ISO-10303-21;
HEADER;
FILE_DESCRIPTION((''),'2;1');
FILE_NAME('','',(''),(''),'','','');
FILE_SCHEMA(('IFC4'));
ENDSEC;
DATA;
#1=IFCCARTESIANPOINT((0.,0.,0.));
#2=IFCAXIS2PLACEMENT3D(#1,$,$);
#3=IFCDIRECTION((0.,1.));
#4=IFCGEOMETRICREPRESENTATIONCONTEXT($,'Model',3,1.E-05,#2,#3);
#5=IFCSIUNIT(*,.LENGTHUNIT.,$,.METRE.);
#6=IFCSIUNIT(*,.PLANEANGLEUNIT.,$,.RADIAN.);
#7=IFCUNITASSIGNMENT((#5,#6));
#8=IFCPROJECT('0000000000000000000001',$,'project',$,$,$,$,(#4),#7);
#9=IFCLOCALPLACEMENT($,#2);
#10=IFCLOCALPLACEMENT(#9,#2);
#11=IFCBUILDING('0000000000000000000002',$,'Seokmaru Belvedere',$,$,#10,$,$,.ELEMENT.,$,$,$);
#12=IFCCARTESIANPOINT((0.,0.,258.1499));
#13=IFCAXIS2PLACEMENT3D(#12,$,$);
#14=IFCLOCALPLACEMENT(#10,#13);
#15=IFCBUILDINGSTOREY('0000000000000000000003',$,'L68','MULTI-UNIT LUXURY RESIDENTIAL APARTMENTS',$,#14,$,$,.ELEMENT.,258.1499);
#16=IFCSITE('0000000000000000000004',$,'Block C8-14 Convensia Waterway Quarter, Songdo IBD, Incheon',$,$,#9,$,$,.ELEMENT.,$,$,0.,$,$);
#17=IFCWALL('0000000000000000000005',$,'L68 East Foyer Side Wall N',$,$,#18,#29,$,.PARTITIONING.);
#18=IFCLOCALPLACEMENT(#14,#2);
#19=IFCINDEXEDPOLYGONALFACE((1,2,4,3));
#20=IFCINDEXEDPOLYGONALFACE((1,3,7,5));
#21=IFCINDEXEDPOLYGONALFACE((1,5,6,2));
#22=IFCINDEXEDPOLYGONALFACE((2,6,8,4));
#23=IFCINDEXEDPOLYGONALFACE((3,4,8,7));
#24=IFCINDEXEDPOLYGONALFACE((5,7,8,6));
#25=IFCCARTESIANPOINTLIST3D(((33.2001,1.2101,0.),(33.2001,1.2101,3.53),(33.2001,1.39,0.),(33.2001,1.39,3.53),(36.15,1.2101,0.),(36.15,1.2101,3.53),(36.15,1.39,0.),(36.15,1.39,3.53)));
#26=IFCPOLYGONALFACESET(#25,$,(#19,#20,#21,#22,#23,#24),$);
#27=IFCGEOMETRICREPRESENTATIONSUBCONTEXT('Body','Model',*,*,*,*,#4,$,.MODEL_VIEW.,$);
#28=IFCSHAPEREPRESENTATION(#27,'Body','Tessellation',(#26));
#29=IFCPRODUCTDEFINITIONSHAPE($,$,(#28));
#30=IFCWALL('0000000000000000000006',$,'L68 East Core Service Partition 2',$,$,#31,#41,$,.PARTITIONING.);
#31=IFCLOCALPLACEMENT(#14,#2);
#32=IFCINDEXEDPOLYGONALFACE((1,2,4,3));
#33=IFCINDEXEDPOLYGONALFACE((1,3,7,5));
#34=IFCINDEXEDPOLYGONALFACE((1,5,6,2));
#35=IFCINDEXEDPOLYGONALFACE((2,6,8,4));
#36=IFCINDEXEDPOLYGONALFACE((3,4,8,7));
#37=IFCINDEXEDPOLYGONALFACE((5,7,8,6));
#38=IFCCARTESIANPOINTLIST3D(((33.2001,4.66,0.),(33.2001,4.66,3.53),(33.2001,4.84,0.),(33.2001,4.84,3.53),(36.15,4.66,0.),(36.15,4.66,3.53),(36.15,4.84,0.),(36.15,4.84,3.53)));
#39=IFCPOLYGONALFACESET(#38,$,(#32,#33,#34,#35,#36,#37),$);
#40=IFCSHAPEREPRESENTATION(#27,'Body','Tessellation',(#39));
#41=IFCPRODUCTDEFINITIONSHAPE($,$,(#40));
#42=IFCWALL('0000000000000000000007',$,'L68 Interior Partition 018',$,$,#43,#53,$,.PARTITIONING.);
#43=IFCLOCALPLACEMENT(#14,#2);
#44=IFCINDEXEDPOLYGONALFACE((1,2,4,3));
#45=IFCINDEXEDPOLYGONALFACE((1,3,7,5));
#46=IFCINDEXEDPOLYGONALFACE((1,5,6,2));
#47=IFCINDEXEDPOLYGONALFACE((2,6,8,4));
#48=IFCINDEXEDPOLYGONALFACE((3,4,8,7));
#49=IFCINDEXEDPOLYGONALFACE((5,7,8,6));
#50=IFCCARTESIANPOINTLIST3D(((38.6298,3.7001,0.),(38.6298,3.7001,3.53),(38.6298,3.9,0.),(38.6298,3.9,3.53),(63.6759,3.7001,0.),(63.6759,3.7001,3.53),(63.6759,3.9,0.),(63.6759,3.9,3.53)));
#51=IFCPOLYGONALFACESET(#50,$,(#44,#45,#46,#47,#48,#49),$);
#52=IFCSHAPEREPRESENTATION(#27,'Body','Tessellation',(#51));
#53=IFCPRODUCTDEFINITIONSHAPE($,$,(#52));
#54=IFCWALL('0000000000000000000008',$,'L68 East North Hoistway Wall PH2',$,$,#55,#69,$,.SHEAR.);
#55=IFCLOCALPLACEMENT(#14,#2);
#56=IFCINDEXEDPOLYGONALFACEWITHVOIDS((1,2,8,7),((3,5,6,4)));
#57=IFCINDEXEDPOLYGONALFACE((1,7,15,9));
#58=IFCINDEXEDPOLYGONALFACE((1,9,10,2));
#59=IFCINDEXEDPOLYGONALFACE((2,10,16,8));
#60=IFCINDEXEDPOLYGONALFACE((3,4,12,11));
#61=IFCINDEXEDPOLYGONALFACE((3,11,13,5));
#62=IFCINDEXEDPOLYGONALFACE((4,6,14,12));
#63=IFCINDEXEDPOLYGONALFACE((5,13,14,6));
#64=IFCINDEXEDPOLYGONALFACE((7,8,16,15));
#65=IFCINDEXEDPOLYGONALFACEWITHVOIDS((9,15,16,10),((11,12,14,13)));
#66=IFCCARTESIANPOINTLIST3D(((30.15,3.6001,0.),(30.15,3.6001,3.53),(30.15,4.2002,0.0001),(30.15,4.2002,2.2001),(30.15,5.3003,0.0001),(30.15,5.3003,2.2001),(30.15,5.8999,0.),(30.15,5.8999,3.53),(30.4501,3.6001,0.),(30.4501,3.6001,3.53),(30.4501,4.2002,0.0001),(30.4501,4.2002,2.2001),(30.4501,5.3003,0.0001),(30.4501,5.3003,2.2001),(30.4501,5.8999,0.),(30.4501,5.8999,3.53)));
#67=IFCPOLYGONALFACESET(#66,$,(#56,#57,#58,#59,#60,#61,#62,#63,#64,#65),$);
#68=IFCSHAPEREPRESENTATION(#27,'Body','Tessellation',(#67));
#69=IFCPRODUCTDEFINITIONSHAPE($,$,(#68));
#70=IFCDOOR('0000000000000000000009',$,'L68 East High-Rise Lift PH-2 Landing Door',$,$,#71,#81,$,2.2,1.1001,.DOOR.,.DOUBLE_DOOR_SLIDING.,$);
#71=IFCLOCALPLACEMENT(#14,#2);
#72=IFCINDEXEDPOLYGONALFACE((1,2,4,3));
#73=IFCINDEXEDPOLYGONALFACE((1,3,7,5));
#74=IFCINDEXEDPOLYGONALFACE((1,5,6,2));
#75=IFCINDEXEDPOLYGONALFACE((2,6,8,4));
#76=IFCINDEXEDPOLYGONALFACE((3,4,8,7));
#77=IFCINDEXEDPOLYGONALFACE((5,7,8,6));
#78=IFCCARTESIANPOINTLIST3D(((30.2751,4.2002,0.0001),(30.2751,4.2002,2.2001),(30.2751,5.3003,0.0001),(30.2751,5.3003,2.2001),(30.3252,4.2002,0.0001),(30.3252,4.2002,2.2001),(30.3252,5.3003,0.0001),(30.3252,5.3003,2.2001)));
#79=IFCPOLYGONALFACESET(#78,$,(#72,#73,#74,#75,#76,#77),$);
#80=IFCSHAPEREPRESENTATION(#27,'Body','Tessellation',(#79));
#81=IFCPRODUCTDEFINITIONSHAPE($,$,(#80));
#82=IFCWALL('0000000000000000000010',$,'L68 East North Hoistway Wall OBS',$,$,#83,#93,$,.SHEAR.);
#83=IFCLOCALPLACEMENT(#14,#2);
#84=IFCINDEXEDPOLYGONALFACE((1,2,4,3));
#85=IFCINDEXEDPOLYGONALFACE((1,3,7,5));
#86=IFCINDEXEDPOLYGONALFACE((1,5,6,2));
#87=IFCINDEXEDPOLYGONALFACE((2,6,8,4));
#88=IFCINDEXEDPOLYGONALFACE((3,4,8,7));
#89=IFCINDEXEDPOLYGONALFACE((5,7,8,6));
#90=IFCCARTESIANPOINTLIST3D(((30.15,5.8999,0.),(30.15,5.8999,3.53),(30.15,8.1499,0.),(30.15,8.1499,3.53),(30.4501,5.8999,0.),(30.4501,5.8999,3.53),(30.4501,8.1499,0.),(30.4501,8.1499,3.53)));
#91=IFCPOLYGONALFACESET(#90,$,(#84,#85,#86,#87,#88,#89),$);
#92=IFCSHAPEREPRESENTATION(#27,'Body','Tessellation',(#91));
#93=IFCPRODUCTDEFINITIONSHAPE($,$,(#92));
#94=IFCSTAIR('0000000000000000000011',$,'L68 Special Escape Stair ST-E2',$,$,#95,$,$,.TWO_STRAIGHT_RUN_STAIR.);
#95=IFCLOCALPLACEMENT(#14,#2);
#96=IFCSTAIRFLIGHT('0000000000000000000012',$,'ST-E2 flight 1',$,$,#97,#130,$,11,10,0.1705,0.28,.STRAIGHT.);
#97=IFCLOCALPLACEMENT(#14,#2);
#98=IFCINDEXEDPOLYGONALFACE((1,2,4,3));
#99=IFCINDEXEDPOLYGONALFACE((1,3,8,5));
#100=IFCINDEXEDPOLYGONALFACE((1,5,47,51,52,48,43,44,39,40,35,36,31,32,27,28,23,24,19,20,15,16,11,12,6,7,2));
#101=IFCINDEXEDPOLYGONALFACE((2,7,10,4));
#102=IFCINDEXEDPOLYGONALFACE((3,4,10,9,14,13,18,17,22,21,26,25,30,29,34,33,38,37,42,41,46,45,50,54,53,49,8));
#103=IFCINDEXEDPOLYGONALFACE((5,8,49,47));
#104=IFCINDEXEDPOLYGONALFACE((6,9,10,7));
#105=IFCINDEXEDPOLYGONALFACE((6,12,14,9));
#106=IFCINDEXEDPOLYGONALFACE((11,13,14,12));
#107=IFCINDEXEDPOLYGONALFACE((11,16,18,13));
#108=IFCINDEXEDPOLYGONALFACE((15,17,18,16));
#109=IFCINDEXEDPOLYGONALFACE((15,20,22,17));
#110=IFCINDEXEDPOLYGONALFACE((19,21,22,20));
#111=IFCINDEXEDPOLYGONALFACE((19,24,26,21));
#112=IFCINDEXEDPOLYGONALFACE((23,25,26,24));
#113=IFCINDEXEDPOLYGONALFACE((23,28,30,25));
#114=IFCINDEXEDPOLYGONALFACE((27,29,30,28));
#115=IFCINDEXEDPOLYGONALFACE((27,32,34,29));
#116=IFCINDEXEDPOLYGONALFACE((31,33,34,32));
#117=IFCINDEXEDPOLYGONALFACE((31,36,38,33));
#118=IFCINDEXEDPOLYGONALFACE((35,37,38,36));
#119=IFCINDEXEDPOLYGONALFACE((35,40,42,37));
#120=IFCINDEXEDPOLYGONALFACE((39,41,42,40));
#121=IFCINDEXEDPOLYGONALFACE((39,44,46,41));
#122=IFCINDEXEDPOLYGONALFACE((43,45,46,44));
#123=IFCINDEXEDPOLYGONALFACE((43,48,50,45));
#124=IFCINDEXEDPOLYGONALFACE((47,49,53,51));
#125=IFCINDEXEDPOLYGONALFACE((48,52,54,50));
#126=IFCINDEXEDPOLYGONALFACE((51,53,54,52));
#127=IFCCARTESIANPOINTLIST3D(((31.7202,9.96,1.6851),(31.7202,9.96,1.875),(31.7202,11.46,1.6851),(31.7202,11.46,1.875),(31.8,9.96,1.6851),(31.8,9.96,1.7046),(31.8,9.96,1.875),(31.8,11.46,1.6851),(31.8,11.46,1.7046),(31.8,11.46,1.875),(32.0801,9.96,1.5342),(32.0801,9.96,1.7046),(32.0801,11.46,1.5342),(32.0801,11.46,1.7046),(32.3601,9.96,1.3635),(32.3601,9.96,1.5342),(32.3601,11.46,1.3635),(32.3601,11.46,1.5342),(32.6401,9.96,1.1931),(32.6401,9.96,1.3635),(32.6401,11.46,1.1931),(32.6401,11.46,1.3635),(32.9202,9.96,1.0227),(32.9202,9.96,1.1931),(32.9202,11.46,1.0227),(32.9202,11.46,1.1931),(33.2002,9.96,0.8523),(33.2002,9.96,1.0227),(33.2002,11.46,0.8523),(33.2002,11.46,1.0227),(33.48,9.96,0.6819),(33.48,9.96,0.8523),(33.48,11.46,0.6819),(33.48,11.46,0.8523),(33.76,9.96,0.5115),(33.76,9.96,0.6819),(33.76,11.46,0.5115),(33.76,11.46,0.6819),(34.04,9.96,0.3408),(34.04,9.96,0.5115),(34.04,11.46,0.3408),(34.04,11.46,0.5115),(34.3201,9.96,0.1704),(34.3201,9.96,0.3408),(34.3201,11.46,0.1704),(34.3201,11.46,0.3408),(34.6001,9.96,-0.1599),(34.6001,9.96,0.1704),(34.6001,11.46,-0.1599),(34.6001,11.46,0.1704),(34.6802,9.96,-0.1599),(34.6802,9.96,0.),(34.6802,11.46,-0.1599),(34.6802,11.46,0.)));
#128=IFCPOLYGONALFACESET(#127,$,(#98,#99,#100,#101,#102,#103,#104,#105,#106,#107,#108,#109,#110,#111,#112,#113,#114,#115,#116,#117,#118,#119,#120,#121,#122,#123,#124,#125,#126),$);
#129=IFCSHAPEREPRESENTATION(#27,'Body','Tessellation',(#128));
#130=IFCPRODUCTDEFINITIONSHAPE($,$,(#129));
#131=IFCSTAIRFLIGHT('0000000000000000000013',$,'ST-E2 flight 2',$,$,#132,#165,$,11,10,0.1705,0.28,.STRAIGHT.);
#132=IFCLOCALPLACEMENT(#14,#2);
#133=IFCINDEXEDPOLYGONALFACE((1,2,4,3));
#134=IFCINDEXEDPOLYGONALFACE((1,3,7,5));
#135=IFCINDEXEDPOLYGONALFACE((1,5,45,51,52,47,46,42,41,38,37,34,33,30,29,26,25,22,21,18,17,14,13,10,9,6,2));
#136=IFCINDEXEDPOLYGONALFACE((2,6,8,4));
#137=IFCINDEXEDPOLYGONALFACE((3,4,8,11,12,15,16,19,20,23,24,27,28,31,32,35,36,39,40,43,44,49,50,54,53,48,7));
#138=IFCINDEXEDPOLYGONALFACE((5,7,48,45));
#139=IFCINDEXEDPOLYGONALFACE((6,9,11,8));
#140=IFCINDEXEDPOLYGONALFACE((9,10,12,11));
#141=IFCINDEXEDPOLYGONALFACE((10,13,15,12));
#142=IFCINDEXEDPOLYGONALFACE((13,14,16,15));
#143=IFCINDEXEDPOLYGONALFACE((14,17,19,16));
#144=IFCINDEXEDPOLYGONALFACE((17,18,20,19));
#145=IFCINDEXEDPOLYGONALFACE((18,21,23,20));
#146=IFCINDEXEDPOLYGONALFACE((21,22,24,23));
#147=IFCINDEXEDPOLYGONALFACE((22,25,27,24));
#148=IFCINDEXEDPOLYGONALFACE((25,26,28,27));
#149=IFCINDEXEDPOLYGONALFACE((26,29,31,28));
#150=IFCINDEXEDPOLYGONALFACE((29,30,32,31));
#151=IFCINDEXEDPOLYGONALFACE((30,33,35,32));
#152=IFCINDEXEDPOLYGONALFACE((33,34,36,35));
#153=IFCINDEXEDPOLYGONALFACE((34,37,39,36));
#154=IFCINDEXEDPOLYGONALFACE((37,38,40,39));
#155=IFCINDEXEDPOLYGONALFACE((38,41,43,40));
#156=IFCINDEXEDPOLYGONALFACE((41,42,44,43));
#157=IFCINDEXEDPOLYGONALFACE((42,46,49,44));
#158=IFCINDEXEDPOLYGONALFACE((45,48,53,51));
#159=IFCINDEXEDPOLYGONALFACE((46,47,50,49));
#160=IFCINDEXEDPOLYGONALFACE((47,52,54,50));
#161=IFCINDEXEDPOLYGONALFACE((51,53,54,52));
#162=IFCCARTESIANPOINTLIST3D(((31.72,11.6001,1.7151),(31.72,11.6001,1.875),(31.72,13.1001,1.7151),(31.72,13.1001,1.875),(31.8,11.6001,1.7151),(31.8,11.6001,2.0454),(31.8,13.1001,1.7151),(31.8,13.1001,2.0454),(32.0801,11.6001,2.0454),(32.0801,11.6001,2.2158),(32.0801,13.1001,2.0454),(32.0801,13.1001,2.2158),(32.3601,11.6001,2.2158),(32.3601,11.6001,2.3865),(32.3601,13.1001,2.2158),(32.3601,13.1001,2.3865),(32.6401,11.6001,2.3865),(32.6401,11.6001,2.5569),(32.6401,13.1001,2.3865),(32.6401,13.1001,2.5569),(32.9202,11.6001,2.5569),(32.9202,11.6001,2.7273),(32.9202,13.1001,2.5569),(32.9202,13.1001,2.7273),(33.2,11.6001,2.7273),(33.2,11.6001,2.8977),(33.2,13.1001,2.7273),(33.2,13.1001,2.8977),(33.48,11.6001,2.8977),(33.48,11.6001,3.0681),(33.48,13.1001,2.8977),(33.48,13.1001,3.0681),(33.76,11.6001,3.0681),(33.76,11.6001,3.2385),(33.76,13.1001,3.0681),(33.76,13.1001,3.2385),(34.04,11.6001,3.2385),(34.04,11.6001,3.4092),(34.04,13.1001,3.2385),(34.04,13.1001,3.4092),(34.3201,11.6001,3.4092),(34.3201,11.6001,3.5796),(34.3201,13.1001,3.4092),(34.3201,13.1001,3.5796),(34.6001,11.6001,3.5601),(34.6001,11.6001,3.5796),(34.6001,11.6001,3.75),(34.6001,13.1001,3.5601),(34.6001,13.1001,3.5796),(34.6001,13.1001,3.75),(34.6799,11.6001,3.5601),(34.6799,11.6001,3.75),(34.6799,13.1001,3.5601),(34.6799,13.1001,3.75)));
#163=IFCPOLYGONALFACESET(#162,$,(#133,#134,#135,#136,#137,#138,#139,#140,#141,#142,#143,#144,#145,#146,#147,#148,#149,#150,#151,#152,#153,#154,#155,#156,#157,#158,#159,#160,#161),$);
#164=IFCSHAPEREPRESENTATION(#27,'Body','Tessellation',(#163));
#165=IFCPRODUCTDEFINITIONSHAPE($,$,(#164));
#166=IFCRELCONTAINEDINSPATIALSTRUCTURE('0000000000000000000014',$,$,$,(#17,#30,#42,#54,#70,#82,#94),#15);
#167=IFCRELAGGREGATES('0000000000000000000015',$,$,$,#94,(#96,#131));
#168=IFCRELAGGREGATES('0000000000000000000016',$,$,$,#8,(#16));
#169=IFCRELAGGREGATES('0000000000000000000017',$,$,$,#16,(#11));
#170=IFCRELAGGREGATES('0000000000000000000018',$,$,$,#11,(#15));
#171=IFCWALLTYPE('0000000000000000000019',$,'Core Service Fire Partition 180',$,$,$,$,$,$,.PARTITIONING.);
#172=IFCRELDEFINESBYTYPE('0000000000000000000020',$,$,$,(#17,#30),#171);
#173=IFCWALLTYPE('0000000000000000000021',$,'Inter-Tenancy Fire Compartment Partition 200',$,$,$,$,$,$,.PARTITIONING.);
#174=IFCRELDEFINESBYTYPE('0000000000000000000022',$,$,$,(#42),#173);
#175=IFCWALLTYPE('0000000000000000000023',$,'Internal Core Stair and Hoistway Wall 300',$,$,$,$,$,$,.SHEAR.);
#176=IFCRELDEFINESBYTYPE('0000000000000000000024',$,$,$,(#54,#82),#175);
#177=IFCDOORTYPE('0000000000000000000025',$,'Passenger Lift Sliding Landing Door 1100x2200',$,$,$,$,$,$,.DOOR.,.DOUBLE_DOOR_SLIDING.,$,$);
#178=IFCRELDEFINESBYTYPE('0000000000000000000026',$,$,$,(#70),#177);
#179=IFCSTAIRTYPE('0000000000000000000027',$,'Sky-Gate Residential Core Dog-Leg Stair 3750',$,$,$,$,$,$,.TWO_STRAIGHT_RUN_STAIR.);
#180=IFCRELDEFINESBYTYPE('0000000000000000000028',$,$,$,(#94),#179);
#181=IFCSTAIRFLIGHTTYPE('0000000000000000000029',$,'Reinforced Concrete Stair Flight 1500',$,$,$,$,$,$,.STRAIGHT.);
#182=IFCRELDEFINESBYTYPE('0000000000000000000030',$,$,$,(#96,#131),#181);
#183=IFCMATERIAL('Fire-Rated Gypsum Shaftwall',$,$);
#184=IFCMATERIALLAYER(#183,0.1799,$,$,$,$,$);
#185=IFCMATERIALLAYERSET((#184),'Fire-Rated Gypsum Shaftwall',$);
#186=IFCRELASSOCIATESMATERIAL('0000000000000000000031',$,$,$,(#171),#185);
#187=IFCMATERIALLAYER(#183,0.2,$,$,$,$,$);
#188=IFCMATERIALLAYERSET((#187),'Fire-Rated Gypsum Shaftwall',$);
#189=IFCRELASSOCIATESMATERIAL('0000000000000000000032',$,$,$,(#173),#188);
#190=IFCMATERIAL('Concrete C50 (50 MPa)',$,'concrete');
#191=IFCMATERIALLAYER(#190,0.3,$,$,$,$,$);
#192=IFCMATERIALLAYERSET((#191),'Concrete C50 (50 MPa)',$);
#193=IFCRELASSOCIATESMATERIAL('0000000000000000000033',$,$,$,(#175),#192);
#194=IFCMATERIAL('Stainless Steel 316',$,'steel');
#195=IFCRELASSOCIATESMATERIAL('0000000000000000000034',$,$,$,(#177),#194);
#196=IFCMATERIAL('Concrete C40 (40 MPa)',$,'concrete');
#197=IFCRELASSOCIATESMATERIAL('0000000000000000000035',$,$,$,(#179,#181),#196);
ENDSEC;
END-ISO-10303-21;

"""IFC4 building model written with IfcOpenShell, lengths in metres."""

from ifc_helpers import new_model, si_unit, direction, frame, frame_2d, origin, place, context, subcontext, project, spatial, polyline, rectangle, outline, extrude, source, transform, mapped, material, layer, layer_set, type_object, type_shapes, element, fill, aggregate, save


model = new_model("IFC4")

# Units and contexts
model_context = context("Model", 3, precision=1e-05, world=origin(), true_north=direction((0.0, 1.0)))
body_context = subcontext(model_context, "Body", "Model", "MODEL_VIEW")
ifc_project = project(units=[si_unit("LENGTHUNIT", "METRE"), si_unit("PLANEANGLEUNIT", "RADIAN")], contexts=[model_context])

# Site, building, storey
site_placement = place(None, origin())
site = spatial("IfcSite", under=ifc_project, at=site_placement, Name="Block C8-14 Convensia Waterway Quarter, Songdo IBD, Incheon", CompositionType="ELEMENT", RefElevation=0.0)
building_placement = place(site_placement, origin())
building = spatial("IfcBuilding", under=site, at=building_placement, Name="Seokmaru Belvedere", CompositionType="ELEMENT")
storey_placement = place(building_placement, frame((0.0, 0.0, 258.1499)))
storey = spatial("IfcBuildingStorey", under=building, at=storey_placement, Name="L68", Description="MULTI-UNIT LUXURY RESIDENTIAL APARTMENTS", CompositionType="ELEMENT", Elevation=258.1499)

# Shared definitions
ifc_material_1 = material(Name="Fire-Rated Gypsum Shaftwall")

# Shared definitions
ifc_layer_1 = layer(ifc_material_1, 0.1799)
ifc_layer_set_1 = layer_set([ifc_layer_1], Name="Fire-Rated Gypsum Shaftwall")
wall_type_1 = type_object("IfcWallType", Name="Core Service Fire Partition 180", PredefinedType="PARTITIONING", material=ifc_layer_set_1)

# Walls
for number, where, z_axis, x_axis, name in (
    (1, (33.2, 1.3, 0.0), (0.0, 0.0, 1.0), (1.0, 0.0, 0.0), "L68 East Foyer Side Wall N"),
    (2, (33.2, 4.75, 0.0), (0.0, 0.0, 1.0), (1.0, 0.0, 0.0), "L68 East Core Service Partition 2"),
):
    element("IfcWall", number, at=place(storey_placement, frame(where, z_axis=z_axis, x_axis=x_axis)), inside=storey, type_object=wall_type_1, Name=name, PredefinedType="PARTITIONING", context=body_context, shape_type="SweptSolid", body=[
        extrude(rectangle(XDim=2.95, YDim=0.1799, at=frame_2d((1.4751, 0.0))), origin(), (0.0, 0.0, 1.0), 3.53),
    ])
ifc_layer_2 = layer(ifc_material_1, 0.2)
ifc_layer_set_2 = layer_set([ifc_layer_2], Name="Fire-Rated Gypsum Shaftwall")
wall_type_2 = type_object("IfcWallType", Name="Inter-Tenancy Fire Compartment Partition 200", PredefinedType="PARTITIONING", material=ifc_layer_set_2)
wall_1_placement = place(storey_placement, frame((38.6299, 3.8, 0.0), z_axis=(0.0, 0.0, 1.0), x_axis=(1.0, 0.0, 0.0)))
element("IfcWall", 3, at=wall_1_placement, inside=storey, type_object=wall_type_2, Name="L68 Interior Partition 018", PredefinedType="PARTITIONING", context=body_context, shape_type="SweptSolid", body=[
    extrude(rectangle(XDim=25.0461, YDim=0.2, at=frame_2d((12.5229, 0.0))), origin(), (0.0, 0.0, 1.0), 3.53),
])

# Wall, opening, door
ifc_material_2 = material(Name="Concrete C50 (50 MPa)", Category="concrete")
ifc_layer_3 = layer(ifc_material_2, 0.3)
ifc_layer_set_3 = layer_set([ifc_layer_3], Name="Concrete C50 (50 MPa)")
wall_type_3 = type_object("IfcWallType", Name="Internal Core Stair and Hoistway Wall 300", PredefinedType="SHEAR", material=ifc_layer_set_3)
wall_2_placement = place(storey_placement, frame((30.3, 3.6001, 0.0), z_axis=(0.0, 0.0, 1.0), x_axis=(0.0, 1.0, 0.0)))
wall_2 = element("IfcWall", 4, at=wall_2_placement, inside=storey, type_object=wall_type_3, Name="L68 East North Hoistway Wall PH2", PredefinedType="SHEAR", context=body_context, shape_type="SweptSolid", body=[
    extrude(rectangle(XDim=2.2998, YDim=0.3, at=frame_2d((1.1499, 0.0))), origin(), (0.0, 0.0, 1.0), 3.53),
])
opening_1_placement = place(wall_2_placement, frame((0.6001, 0.0, 0.0)))
opening_1 = element("IfcOpeningElement", 5, at=opening_1_placement, cuts=wall_2, PredefinedType="OPENING", context=body_context, shape_type="SweptSolid", body=[
    extrude(rectangle(XDim=1.1001, YDim=2.2, at=frame_2d((0.55, 1.1001))), frame((0.0, 0.1602, 0.0), z_axis=(0.0, -1.0, 0.0), x_axis=(1.0, 0.0, 0.0)), (0.0, 0.0, 1.0), 0.3201),
])
ifc_material_3 = material(Name="Stainless Steel 316", Category="steel")
door_type_1 = type_object("IfcDoorType", Name="Passenger Lift Sliding Landing Door 1100x2200", OperationType="DOUBLE_DOOR_SLIDING", PredefinedType="DOOR", material=ifc_material_3)
shared_shape_1 = source(origin(), body_context, "Body", "SweptSolid", [
    extrude(rectangle(XDim=1.1001, YDim=2.2, at=frame_2d((0.55, 1.1001))), frame((0.0, 0.0249, 0.0), z_axis=(0.0, -1.0, 0.0), x_axis=(1.0, 0.0, 0.0)), (0.0, 0.0, 1.0), 0.05),
])
type_shapes(door_type_1, [shared_shape_1])
door_1_placement = place(opening_1_placement, origin())
door_1 = element("IfcDoor", 6, at=door_1_placement, inside=storey, type_object=door_type_1, Name="L68 East High-Rise Lift PH-2 Landing Door", OperationType="DOUBLE_DOOR_SLIDING", OverallHeight=2.2, OverallWidth=1.1001, PredefinedType="DOOR", context=body_context, shape_type="MappedRepresentation", body=[
    mapped(shared_shape_1, transform((0.0, 0.0, 0.0), scale=1.0)),
])
fill(opening_1, door_1)

# Wall
wall_3_placement = place(storey_placement, frame((30.3, 5.8999, 0.0), z_axis=(0.0, 0.0, 1.0), x_axis=(0.0, 1.0, 0.0)))
element("IfcWall", 7, at=wall_3_placement, inside=storey, type_object=wall_type_3, Name="L68 East North Hoistway Wall OBS", PredefinedType="SHEAR", context=body_context, shape_type="SweptSolid", body=[
    extrude(rectangle(XDim=2.25, YDim=0.3, at=frame_2d((1.125, 0.0))), origin(), (0.0, 0.0, 1.0), 3.53),
])

# Stair, stair flights
ifc_material_4 = material(Name="Concrete C40 (40 MPa)", Category="concrete")
stair_type = type_object("IfcStairType", Name="Sky-Gate Residential Core Dog-Leg Stair 3750", PredefinedType="TWO_STRAIGHT_RUN_STAIR", material=ifc_material_4)
stair_placement = place(storey_placement, origin())
stair = element("IfcStair", 8, at=stair_placement, inside=storey, type_object=stair_type, Name="L68 Special Escape Stair ST-E2", PredefinedType="TWO_STRAIGHT_RUN_STAIR")
stair_flight_type = type_object("IfcStairFlightType", Name="Reinforced Concrete Stair Flight 1500", PredefinedType="STRAIGHT", material=ifc_material_4)
stair_flight_1_placement = place(storey_placement, frame((34.6001, 10.71, 0.0), z_axis=(0.0, 0.0, 1.0), x_axis=(-1.0, 0.0, 0.0)))
stair_flight_1 = element("IfcStairFlight", 9, at=stair_flight_1_placement, type_object=stair_flight_type, Name="ST-E2 flight 1", NumberOfRisers=11, NumberOfTreads=10, PredefinedType="STRAIGHT", RiserHeight=0.1705, TreadLength=0.28, context=body_context, shape_type="SweptSolid", body=[
    extrude(outline(polyline([(-0.0801, 0.0), (0.0, 0.1704), (0.28, 0.1704), (0.28, 0.3408), (0.5601, 0.3408), (0.5601, 0.5115), (0.8401, 0.5115), (0.8401, 0.6819), (1.1201, 0.6819), (1.1201, 0.8523), (1.3999, 0.8523), (1.3999, 1.0227), (1.6799, 1.0227), (1.6799, 1.1931), (1.96, 1.1931), (1.96, 1.3635), (2.24, 1.3635), (2.24, 1.5342), (2.52, 1.5342), (2.52, 1.7046), (2.8, 1.7046), (2.8, 1.875), (2.8799, 1.875), (2.8799, 1.6851), (2.8, 1.6851), (0.0, -0.1599), (-0.0801, -0.1599), (-0.0801, 0.0)])), frame((0.0, 0.75, 0.0), z_axis=(0.0, -1.0, 0.0), x_axis=(1.0, 0.0, 0.0)), (0.0, 0.0, 1.0), 1.5),
])
stair_flight_2_placement = place(storey_placement, frame((31.8, 12.3501, 1.875), z_axis=(0.0, 0.0, 1.0), x_axis=(1.0, 0.0, 0.0)))
stair_flight_2 = element("IfcStairFlight", 10, at=stair_flight_2_placement, type_object=stair_flight_type, Name="ST-E2 flight 2", NumberOfRisers=11, NumberOfTreads=10, PredefinedType="STRAIGHT", RiserHeight=0.1705, TreadLength=0.28, context=body_context, shape_type="SweptSolid", body=[
    extrude(outline(polyline([(-0.0801, 0.0), (0.0, 0.1704), (0.28, 0.1704), (0.28, 0.3408), (0.5601, 0.3408), (0.5601, 0.5115), (0.8401, 0.5115), (0.8401, 0.6819), (1.1201, 0.6819), (1.1201, 0.8523), (1.3999, 0.8523), (1.3999, 1.0227), (1.6799, 1.0227), (1.6799, 1.1931), (1.96, 1.1931), (1.96, 1.3635), (2.24, 1.3635), (2.24, 1.5342), (2.52, 1.5342), (2.52, 1.7046), (2.8, 1.7046), (2.8, 1.875), (2.8799, 1.875), (2.8799, 1.6851), (2.8, 1.6851), (0.0, -0.1599), (-0.0801, -0.1599), (-0.0801, 0.0)])), frame((0.0, 0.75, 0.0), z_axis=(0.0, -1.0, 0.0), x_axis=(1.0, 0.0, 0.0)), (0.0, 0.0, 1.0), 1.5),
])
aggregate(stair, [stair_flight_1, stair_flight_2])

save(model, "model.ifc")
